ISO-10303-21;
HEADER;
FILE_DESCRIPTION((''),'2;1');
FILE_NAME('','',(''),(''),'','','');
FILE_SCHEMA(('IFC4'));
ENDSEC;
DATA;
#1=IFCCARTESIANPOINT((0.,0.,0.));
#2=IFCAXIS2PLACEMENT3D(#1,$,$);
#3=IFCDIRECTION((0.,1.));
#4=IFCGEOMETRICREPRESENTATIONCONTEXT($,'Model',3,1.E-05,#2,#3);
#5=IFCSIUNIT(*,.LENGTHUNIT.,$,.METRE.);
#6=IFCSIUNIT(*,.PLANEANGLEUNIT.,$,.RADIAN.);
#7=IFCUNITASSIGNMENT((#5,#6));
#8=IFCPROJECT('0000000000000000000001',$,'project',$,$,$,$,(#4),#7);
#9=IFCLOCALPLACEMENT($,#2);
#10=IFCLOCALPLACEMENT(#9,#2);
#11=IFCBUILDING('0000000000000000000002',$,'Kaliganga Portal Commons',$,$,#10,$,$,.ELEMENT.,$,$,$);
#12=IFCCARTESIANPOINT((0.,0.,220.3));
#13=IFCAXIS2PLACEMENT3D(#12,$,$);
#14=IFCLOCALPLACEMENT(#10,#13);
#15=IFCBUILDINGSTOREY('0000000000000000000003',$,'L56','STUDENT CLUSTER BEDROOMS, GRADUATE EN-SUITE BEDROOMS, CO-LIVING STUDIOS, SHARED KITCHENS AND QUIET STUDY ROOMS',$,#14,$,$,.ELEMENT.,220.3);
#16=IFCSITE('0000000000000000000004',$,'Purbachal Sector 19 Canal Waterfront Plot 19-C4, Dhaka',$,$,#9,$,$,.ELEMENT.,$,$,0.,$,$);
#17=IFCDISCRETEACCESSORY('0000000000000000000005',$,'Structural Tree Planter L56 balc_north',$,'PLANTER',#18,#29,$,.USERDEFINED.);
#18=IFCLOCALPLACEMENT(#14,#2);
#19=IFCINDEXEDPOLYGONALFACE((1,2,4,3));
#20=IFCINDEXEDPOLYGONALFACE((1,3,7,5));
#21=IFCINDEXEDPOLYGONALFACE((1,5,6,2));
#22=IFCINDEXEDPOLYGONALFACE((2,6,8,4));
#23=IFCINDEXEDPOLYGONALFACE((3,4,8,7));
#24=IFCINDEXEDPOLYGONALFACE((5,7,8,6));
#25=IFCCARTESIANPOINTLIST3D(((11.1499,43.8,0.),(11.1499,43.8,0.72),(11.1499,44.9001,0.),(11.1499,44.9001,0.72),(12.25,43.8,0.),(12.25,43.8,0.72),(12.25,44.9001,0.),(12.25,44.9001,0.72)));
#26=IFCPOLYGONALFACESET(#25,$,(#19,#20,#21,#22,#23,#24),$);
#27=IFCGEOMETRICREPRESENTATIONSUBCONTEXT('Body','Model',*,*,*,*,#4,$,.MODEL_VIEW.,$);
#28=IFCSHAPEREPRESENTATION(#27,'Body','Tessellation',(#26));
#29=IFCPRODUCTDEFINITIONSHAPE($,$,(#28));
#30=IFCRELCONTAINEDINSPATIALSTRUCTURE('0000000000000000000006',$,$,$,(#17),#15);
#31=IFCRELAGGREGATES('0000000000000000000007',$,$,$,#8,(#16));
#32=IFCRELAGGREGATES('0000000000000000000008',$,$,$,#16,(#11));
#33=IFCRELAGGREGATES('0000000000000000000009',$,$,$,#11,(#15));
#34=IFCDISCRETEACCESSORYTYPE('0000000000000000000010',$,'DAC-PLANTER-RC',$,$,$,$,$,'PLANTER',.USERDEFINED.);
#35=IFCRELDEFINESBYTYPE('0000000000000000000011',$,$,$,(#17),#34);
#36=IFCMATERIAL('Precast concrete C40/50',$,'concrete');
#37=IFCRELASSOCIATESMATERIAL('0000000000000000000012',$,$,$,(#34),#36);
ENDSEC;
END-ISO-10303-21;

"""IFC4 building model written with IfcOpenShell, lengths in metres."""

from ifc_helpers import new_model, si_unit, direction, frame, origin, origin_2d, place, context, subcontext, project, spatial, rectangle, extrude, source, transform, mapped, material, type_object, element, save


model = new_model("IFC4")

# Units and contexts
model_context = context("Model", 3, precision=1e-05, world=origin(), true_north=direction((0.0, 1.0)))
body_context = subcontext(model_context, "Body", "Model", "MODEL_VIEW")
ifc_project = project(units=[si_unit("LENGTHUNIT", "METRE"), si_unit("PLANEANGLEUNIT", "RADIAN")], contexts=[model_context])

# Site, building, storey
site_placement = place(None, origin())
site = spatial("IfcSite", under=ifc_project, at=site_placement, Name="Purbachal Sector 19 Canal Waterfront Plot 19-C4, Dhaka", CompositionType="ELEMENT", RefElevation=0.0)
building_placement = place(site_placement, origin())
building = spatial("IfcBuilding", under=site, at=building_placement, Name="Kaliganga Portal Commons", CompositionType="ELEMENT")
storey_placement = place(building_placement, frame((0.0, 0.0, 220.3)))
storey = spatial("IfcBuildingStorey", under=building, at=storey_placement, Name="L56", Description="STUDENT CLUSTER BEDROOMS, GRADUATE EN-SUITE BEDROOMS, CO-LIVING STUDIOS, SHARED KITCHENS AND QUIET STUDY ROOMS", CompositionType="ELEMENT", Elevation=220.3)

# Discrete accessory
ifc_material_1 = material(Name="Precast concrete C40/50", Category="concrete")
discrete_accessory_type = type_object("IfcDiscreteAccessoryType", Name="DAC-PLANTER-RC", ElementType="PLANTER", PredefinedType="USERDEFINED", material=ifc_material_1)
shared_shape_1 = source(origin(), body_context, "Body", "SweptSolid", [
    extrude(rectangle(XDim=1.1001, YDim=1.1001, at=origin_2d()), origin(), (0.0, 0.0, 1.0), 0.72),
])
discrete_accessory_placement = place(storey_placement, frame((11.7, 44.3501, 0.0), z_axis=(0.0, 0.0, 1.0), x_axis=(1.0, 0.0, 0.0)))
element("IfcDiscreteAccessory", 1, at=discrete_accessory_placement, inside=storey, type_object=discrete_accessory_type, Name="Structural Tree Planter L56 balc_north", ObjectType="PLANTER", PredefinedType="USERDEFINED", context=body_context, shape_type="MappedRepresentation", body=[
    mapped(shared_shape_1, transform((0.0, 0.0, 0.0), x_axis=(1.0, 0.0, 0.0), y_axis=(0.0, 1.0, 0.0), z_axis=(0.0, 0.0, 1.0), scale=1.0)),
])

save(model, "model.ifc")
